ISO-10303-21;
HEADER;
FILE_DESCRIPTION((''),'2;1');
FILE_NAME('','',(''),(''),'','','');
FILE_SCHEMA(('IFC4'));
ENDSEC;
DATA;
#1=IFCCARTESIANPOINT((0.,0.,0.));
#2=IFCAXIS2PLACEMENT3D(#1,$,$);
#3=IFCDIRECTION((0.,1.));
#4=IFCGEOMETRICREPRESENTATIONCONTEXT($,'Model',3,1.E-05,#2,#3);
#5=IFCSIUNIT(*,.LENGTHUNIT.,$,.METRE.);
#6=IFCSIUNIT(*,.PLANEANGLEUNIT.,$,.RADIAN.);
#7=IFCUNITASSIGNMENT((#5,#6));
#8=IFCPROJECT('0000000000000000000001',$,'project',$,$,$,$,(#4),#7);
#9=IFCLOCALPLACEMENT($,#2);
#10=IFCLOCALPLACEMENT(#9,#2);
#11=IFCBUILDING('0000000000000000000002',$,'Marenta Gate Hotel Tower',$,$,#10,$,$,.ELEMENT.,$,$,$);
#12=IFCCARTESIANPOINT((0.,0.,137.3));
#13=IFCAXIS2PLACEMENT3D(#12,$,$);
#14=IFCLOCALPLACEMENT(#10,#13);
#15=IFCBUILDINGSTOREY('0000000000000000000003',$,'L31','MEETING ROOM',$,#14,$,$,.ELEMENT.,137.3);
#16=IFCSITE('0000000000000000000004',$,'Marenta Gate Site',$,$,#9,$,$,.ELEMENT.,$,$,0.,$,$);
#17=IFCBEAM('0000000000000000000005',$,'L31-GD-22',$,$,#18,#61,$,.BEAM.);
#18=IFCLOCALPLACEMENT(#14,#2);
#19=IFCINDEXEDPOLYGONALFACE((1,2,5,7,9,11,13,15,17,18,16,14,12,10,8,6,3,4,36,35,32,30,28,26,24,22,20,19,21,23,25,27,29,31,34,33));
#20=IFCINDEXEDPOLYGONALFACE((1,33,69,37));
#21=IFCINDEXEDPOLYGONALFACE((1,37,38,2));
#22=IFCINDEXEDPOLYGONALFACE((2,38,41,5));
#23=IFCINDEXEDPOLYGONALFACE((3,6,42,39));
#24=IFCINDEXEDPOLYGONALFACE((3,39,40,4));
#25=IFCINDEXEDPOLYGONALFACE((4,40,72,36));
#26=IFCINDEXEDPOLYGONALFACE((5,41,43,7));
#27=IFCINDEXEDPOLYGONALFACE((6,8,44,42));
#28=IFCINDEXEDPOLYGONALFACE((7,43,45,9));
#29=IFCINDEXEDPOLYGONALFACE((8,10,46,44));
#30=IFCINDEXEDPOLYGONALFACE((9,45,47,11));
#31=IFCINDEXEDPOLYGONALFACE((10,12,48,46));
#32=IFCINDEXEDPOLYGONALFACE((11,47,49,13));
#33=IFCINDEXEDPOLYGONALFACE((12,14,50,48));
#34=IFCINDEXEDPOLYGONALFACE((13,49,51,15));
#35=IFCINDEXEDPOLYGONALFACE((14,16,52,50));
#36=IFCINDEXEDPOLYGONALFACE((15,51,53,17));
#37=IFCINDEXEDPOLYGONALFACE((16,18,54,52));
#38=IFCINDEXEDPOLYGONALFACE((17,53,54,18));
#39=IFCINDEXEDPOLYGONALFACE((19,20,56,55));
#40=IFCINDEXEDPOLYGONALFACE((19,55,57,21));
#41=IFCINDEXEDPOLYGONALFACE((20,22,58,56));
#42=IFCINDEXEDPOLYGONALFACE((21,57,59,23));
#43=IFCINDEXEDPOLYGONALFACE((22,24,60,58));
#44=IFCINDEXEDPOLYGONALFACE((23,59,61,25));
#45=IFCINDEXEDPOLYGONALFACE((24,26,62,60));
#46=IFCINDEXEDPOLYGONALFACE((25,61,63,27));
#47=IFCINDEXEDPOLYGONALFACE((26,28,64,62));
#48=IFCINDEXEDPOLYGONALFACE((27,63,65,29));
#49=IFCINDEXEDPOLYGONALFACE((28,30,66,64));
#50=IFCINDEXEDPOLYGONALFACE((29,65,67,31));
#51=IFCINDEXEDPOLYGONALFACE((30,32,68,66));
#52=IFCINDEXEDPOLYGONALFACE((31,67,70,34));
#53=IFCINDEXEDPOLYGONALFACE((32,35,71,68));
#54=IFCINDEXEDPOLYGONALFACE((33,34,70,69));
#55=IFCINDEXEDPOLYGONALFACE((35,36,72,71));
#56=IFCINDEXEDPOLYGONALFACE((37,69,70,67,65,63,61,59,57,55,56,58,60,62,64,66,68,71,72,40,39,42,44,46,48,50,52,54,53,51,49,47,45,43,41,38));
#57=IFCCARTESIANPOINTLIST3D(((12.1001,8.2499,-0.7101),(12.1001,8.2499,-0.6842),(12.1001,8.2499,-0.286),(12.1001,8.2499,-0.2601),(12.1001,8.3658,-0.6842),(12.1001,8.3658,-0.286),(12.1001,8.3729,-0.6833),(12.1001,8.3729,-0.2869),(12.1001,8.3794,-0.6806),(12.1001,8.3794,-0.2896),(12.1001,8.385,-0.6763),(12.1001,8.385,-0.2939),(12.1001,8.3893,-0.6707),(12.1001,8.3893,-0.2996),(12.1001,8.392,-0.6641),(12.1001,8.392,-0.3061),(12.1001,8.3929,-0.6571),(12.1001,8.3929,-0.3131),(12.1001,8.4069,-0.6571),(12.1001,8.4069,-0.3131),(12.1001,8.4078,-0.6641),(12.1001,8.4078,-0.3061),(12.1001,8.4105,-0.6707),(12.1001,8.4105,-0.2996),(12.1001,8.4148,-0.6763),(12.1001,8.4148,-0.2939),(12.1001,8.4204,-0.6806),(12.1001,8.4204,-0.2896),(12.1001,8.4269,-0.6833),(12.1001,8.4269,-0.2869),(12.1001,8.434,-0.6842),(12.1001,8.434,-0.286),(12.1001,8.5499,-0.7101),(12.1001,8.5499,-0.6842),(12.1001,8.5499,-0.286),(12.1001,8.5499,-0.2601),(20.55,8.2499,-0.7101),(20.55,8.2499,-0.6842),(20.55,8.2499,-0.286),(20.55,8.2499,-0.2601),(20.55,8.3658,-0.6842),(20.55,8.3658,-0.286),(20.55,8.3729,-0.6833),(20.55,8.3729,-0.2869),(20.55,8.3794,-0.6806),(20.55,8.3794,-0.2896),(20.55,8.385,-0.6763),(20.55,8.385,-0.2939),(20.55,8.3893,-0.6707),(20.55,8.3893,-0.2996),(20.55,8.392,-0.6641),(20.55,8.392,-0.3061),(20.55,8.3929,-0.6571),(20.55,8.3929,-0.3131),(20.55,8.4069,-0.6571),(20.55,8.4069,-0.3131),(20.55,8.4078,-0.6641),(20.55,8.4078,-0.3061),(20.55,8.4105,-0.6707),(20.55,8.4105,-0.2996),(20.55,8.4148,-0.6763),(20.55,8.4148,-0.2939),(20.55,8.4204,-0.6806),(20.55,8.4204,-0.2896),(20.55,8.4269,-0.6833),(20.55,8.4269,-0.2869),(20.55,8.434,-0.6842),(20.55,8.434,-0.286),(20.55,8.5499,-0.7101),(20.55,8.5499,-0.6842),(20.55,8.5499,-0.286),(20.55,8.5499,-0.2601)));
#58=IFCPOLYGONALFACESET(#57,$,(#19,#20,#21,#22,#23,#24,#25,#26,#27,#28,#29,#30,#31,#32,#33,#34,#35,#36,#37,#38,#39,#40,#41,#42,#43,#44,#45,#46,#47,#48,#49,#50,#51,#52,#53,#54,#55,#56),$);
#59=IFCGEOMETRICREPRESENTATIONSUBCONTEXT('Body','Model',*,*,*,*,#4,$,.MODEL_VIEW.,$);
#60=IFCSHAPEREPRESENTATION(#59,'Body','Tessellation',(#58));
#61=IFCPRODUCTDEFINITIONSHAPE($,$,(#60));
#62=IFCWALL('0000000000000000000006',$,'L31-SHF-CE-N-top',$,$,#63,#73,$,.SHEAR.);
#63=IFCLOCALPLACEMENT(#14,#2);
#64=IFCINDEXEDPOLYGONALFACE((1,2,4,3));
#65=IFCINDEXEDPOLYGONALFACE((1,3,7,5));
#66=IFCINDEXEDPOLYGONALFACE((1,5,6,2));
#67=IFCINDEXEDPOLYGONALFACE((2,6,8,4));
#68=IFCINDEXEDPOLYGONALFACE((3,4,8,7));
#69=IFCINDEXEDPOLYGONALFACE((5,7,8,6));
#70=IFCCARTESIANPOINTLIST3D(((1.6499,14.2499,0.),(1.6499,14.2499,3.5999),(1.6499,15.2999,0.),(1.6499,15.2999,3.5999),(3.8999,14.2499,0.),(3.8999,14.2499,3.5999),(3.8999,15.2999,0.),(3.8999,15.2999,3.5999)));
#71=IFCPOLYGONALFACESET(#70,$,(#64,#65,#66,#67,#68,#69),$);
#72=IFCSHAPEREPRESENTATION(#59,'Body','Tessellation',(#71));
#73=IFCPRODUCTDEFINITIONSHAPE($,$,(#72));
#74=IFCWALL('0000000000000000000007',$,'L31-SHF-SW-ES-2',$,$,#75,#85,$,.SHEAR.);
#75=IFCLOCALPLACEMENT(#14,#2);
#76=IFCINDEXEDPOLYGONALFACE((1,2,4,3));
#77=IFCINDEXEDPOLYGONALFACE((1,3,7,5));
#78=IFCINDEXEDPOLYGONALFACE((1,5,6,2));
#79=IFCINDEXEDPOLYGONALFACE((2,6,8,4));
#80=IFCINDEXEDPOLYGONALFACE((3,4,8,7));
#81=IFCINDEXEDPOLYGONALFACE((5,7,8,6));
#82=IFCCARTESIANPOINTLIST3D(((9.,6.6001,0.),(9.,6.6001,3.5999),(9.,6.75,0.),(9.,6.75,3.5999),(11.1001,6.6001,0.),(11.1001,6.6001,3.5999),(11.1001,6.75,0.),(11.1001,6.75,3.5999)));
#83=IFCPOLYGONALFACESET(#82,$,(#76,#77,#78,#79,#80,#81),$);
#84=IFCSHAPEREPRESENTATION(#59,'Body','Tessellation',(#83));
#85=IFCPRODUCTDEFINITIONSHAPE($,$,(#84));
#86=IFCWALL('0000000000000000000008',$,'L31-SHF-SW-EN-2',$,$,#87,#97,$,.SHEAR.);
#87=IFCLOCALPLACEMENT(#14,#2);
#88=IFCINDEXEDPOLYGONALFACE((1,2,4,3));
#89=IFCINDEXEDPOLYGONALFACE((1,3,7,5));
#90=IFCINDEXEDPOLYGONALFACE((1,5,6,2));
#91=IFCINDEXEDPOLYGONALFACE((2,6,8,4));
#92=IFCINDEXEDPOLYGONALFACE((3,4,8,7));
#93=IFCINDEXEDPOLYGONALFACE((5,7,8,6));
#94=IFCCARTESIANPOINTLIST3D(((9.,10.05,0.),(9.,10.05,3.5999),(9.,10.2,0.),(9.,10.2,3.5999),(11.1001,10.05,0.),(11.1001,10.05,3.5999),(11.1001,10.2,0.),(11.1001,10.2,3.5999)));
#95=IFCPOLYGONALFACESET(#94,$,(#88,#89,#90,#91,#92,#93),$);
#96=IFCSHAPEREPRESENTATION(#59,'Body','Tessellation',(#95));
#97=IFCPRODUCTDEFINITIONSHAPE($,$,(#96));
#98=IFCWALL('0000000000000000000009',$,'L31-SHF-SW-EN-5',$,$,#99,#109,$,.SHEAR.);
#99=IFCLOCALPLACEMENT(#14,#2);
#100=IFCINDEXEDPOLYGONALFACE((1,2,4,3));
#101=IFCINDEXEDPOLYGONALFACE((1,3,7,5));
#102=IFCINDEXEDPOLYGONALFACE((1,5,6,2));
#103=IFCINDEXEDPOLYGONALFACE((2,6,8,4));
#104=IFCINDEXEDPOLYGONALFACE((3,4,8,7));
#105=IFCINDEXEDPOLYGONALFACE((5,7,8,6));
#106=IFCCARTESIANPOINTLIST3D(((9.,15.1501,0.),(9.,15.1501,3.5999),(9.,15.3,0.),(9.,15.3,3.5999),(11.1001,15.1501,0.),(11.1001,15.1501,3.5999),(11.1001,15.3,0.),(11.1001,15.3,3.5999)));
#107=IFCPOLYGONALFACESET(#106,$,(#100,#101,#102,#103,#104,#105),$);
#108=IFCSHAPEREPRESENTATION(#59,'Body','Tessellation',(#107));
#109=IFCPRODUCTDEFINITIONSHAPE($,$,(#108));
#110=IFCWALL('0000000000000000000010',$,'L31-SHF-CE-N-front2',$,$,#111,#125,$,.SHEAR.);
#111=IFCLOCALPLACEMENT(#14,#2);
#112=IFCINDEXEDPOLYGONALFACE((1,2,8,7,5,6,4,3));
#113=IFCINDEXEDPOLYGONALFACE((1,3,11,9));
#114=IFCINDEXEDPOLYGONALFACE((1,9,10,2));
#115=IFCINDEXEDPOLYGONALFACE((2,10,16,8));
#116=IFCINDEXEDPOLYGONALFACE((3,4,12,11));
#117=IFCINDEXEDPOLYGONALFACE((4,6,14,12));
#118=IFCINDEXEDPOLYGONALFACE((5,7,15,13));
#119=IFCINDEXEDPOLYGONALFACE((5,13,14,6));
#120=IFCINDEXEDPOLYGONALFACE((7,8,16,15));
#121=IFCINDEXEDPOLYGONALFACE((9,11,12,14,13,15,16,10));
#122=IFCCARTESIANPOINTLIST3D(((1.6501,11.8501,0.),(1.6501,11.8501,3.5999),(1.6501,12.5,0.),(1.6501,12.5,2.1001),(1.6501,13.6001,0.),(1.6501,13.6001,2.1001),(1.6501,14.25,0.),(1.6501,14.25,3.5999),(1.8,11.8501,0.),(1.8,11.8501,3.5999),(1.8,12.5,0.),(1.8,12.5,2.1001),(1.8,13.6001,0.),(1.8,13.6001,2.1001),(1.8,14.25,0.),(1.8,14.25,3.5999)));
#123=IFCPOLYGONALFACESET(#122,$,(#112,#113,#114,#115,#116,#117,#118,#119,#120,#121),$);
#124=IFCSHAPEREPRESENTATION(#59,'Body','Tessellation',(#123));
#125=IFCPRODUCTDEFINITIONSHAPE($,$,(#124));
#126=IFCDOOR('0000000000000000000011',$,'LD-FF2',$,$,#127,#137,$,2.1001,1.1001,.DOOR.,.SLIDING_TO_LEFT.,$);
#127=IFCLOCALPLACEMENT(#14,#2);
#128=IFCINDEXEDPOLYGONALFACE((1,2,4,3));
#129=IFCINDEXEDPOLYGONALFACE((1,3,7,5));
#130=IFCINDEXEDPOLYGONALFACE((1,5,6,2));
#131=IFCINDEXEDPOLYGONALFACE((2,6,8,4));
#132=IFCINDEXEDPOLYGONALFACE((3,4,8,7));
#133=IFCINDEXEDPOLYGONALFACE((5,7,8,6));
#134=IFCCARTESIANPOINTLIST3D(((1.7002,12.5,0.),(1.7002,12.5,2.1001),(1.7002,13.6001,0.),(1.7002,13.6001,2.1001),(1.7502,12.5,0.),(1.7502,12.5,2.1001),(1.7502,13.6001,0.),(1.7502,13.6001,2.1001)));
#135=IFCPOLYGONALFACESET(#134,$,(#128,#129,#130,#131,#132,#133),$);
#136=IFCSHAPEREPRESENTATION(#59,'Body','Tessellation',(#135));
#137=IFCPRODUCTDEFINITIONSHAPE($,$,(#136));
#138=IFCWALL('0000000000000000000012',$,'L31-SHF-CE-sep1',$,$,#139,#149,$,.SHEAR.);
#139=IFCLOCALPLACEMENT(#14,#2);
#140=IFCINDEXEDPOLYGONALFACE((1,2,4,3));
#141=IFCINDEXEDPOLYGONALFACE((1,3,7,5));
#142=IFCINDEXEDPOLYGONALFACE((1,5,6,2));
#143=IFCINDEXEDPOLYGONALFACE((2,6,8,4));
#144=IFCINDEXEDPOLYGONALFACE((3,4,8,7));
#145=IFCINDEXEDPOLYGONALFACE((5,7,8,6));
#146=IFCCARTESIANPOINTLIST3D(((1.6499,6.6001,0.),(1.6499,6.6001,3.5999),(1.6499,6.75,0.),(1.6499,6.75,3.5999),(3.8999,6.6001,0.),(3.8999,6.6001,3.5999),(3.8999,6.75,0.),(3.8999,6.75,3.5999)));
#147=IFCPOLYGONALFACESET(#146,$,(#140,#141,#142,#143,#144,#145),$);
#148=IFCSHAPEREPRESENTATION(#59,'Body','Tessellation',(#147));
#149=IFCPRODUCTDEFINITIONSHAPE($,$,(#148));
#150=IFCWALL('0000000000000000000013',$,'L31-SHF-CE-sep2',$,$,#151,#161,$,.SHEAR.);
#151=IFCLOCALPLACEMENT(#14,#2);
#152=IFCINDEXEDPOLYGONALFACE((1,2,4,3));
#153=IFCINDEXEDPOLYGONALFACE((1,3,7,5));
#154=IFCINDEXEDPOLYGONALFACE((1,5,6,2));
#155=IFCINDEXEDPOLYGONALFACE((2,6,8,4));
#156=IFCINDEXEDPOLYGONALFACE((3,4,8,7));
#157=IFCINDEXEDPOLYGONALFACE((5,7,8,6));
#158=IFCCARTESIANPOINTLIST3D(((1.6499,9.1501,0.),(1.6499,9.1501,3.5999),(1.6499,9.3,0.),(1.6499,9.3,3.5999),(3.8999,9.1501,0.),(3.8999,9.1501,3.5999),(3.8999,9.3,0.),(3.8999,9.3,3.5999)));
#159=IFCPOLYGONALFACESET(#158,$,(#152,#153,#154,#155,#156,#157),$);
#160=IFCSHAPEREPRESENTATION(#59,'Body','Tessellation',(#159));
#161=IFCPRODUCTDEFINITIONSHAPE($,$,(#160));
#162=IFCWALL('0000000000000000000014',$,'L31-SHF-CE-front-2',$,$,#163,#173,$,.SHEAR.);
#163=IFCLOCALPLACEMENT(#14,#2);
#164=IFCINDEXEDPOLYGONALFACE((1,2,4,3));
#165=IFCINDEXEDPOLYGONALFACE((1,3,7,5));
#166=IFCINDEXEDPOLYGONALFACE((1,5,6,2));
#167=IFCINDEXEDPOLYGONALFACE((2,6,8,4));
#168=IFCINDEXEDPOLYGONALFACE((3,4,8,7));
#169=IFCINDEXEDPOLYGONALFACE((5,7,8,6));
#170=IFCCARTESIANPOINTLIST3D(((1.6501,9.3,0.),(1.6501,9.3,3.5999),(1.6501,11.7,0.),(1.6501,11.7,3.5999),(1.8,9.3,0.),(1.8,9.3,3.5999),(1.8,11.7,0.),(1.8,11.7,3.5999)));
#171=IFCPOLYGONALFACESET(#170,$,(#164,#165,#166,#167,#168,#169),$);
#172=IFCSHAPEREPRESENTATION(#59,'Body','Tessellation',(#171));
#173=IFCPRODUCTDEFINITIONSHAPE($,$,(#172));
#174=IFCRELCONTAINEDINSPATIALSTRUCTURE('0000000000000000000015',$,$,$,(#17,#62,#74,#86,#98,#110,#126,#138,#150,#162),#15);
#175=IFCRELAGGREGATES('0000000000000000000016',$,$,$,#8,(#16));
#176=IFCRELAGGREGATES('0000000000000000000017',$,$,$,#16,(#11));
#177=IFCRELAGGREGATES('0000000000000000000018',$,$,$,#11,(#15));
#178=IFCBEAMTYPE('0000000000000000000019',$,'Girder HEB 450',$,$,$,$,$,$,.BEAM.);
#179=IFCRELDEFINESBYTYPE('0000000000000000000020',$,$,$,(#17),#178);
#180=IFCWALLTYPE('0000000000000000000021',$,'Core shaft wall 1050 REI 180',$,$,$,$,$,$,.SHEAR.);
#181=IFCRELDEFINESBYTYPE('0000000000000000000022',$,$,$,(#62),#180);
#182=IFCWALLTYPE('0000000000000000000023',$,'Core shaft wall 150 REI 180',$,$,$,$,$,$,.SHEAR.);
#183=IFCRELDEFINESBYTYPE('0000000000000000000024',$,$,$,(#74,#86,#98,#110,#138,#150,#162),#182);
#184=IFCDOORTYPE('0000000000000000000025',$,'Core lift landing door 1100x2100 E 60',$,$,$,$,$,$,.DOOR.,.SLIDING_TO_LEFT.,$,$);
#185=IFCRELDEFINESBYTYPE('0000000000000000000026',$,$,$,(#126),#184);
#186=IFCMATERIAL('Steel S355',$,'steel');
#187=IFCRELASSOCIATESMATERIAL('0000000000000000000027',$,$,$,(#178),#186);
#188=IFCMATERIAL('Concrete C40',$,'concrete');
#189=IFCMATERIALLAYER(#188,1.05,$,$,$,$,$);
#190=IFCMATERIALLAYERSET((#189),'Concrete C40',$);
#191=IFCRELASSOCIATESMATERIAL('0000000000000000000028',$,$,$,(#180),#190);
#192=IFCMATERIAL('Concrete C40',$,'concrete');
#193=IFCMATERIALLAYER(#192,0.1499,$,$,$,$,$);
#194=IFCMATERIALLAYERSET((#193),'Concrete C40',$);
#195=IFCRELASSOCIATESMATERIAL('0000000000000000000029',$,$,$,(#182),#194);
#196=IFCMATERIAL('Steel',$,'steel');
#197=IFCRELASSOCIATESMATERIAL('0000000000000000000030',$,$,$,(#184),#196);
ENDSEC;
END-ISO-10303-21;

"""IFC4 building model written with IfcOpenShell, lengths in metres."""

from ifc_helpers import new_model, si_unit, direction, frame, frame_2d, origin, origin_2d, place, context, subcontext, project, spatial, rectangle, i_section, extrude, material, layer, layer_set, material_profile, profile_set, type_object, element, fill, save


model = new_model("IFC4")

# Units and contexts
model_context = context("Model", 3, precision=1e-05, world=origin(), true_north=direction((0.0, 1.0)))
body_context = subcontext(model_context, "Body", "Model", "MODEL_VIEW")
ifc_project = project(units=[si_unit("LENGTHUNIT", "METRE"), si_unit("PLANEANGLEUNIT", "RADIAN")], contexts=[model_context])

# Site, building, storey
site_placement = place(None, origin())
site = spatial("IfcSite", under=ifc_project, at=site_placement, Name="Marenta Gate Site", CompositionType="ELEMENT", RefElevation=0.0)
building_placement = place(site_placement, origin())
building = spatial("IfcBuilding", under=site, at=building_placement, Name="Marenta Gate Hotel Tower", CompositionType="ELEMENT")
storey_placement = place(building_placement, frame((0.0, 0.0, 137.3)))
storey = spatial("IfcBuildingStorey", under=building, at=storey_placement, Name="L31", Description="MEETING ROOM", CompositionType="ELEMENT", Elevation=137.3)

# Beam
ifc_material_1 = material(Name="Steel S355", Category="steel")
ifc_material_profile = material_profile(ifc_material_1, i_section(OverallWidth=0.3, OverallDepth=0.45, WebThickness=0.0139, FlangeThickness=0.0259, FilletRadius=0.0271, at=origin_2d()), Name="HEB 450")
ifc_profile_set = profile_set([ifc_material_profile], Name="Steel S355")
beam_type = type_object("IfcBeamType", Name="Girder HEB 450", PredefinedType="BEAM", material=ifc_profile_set)
beam_placement = place(storey_placement, frame((12.1001, 8.3999, -0.4851), z_axis=(1.0, 0.0, 0.0), x_axis=(0.0, 1.0, 0.0)))
element("IfcBeam", 1, at=beam_placement, inside=storey, type_object=beam_type, Name="L31-GD-22", PredefinedType="BEAM", context=body_context, shape_type="SweptSolid", body=[
    extrude(i_section(OverallWidth=0.3, OverallDepth=0.45, WebThickness=0.0139, FlangeThickness=0.0259, FilletRadius=0.0271, at=origin_2d()), origin(), (0.0, 0.0, 1.0), 8.45),
])

# Walls
ifc_material_2 = material(Name="Concrete C40", Category="concrete")
ifc_layer_1 = layer(ifc_material_2, 1.05)
ifc_layer_set_1 = layer_set([ifc_layer_1], Name="Concrete C40")
wall_type_1 = type_object("IfcWallType", Name="Core shaft wall 1050 REI 180", PredefinedType="SHEAR", material=ifc_layer_set_1)
wall_1_placement = place(storey_placement, frame((1.6499, 14.7749, 0.0), z_axis=(0.0, 0.0, 1.0), x_axis=(1.0, 0.0, 0.0)))
element("IfcWall", 2, at=wall_1_placement, inside=storey, type_object=wall_type_1, Name="L31-SHF-CE-N-top", PredefinedType="SHEAR", context=body_context, shape_type="SweptSolid", body=[
    extrude(rectangle(XDim=2.25, YDim=1.05, at=frame_2d((1.125, 0.0))), origin(), (0.0, 0.0, 1.0), 3.5999),
])
ifc_material_3 = material(Name="Concrete C40", Category="concrete")
ifc_layer_2 = layer(ifc_material_3, 0.1499)
ifc_layer_set_2 = layer_set([ifc_layer_2], Name="Concrete C40")
wall_type_2 = type_object("IfcWallType", Name="Core shaft wall 150 REI 180", PredefinedType="SHEAR", material=ifc_layer_set_2)
for number, where, z_axis, x_axis, name in (
    (3, (9.0, 6.675, 0.0), (0.0, 0.0, 1.0), (1.0, 0.0, 0.0), "L31-SHF-SW-ES-2"),
    (4, (9.0, 10.125, 0.0), (0.0, 0.0, 1.0), (1.0, 0.0, 0.0), "L31-SHF-SW-EN-2"),
    (5, (9.0, 15.2251, 0.0), (0.0, 0.0, 1.0), (1.0, 0.0, 0.0), "L31-SHF-SW-EN-5"),
):
    element("IfcWall", number, at=place(storey_placement, frame(where, z_axis=z_axis, x_axis=x_axis)), inside=storey, type_object=wall_type_2, Name=name, PredefinedType="SHEAR", context=body_context, shape_type="SweptSolid", body=[
        extrude(rectangle(XDim=2.1001, YDim=0.1499, at=frame_2d((1.05, 0.0))), origin(), (0.0, 0.0, 1.0), 3.5999),
    ])

# Wall, opening, door
wall_2_placement = place(storey_placement, frame((1.7251, 11.8501, 0.0), z_axis=(0.0, 0.0, 1.0), x_axis=(0.0, 1.0, 0.0)))
wall_2 = element("IfcWall", 6, at=wall_2_placement, inside=storey, type_object=wall_type_2, Name="L31-SHF-CE-N-front2", PredefinedType="SHEAR", context=body_context, shape_type="SweptSolid", body=[
    extrude(rectangle(XDim=2.3999, YDim=0.1499, at=frame_2d((1.2, 0.0))), origin(), (0.0, 0.0, 1.0), 3.5999),
])
opening_1_placement = place(wall_2_placement, frame((0.6499, 0.0, 0.0)))
opening_1 = element("IfcOpeningElement", 7, at=opening_1_placement, cuts=wall_2, PredefinedType="OPENING", context=body_context, shape_type="SweptSolid", body=[
    extrude(rectangle(XDim=1.1001, YDim=2.1001, at=frame_2d((0.55, 1.05))), frame((0.0, 0.075, 0.0), z_axis=(0.0, -1.0, 0.0), x_axis=(1.0, 0.0, 0.0)), (0.0, 0.0, 1.0), 0.1499),
])
ifc_material_4 = material(Name="Steel", Category="steel")
door_type_1 = type_object("IfcDoorType", Name="Core lift landing door 1100x2100 E 60", OperationType="SLIDING_TO_LEFT", PredefinedType="DOOR", material=ifc_material_4)
door_1_placement = place(opening_1_placement, origin())
door_1 = element("IfcDoor", 8, at=door_1_placement, inside=storey, type_object=door_type_1, Name="LD-FF2", OperationType="SLIDING_TO_LEFT", OverallHeight=2.1001, OverallWidth=1.1001, PredefinedType="DOOR", context=body_context, shape_type="SweptSolid", body=[
    extrude(rectangle(XDim=1.1001, YDim=2.1001, at=frame_2d((0.55, 1.05))), frame((0.0, 0.0249, 0.0), z_axis=(0.0, -1.0, 0.0), x_axis=(1.0, 0.0, 0.0)), (0.0, 0.0, 1.0), 0.05),
])
fill(opening_1, door_1)

# Walls
for number, where, z_axis, x_axis, name in (
    (9, (1.6499, 6.675, 0.0), (0.0, 0.0, 1.0), (1.0, 0.0, 0.0), "L31-SHF-CE-sep1"),
    (10, (1.6499, 9.2251, 0.0), (0.0, 0.0, 1.0), (1.0, 0.0, 0.0), "L31-SHF-CE-sep2"),
):
    element("IfcWall", number, at=place(storey_placement, frame(where, z_axis=z_axis, x_axis=x_axis)), inside=storey, type_object=wall_type_2, Name=name, PredefinedType="SHEAR", context=body_context, shape_type="SweptSolid", body=[
        extrude(rectangle(XDim=2.25, YDim=0.1499, at=frame_2d((1.125, 0.0))), origin(), (0.0, 0.0, 1.0), 3.5999),
    ])
wall_3_placement = place(storey_placement, frame((1.7251, 9.3, 0.0), z_axis=(0.0, 0.0, 1.0), x_axis=(0.0, 1.0, 0.0)))
element("IfcWall", 11, at=wall_3_placement, inside=storey, type_object=wall_type_2, Name="L31-SHF-CE-front-2", PredefinedType="SHEAR", context=body_context, shape_type="SweptSolid", body=[
    extrude(rectangle(XDim=2.3999, YDim=0.1499, at=frame_2d((1.2, 0.0))), origin(), (0.0, 0.0, 1.0), 3.5999),
])

save(model, "model.ifc")
